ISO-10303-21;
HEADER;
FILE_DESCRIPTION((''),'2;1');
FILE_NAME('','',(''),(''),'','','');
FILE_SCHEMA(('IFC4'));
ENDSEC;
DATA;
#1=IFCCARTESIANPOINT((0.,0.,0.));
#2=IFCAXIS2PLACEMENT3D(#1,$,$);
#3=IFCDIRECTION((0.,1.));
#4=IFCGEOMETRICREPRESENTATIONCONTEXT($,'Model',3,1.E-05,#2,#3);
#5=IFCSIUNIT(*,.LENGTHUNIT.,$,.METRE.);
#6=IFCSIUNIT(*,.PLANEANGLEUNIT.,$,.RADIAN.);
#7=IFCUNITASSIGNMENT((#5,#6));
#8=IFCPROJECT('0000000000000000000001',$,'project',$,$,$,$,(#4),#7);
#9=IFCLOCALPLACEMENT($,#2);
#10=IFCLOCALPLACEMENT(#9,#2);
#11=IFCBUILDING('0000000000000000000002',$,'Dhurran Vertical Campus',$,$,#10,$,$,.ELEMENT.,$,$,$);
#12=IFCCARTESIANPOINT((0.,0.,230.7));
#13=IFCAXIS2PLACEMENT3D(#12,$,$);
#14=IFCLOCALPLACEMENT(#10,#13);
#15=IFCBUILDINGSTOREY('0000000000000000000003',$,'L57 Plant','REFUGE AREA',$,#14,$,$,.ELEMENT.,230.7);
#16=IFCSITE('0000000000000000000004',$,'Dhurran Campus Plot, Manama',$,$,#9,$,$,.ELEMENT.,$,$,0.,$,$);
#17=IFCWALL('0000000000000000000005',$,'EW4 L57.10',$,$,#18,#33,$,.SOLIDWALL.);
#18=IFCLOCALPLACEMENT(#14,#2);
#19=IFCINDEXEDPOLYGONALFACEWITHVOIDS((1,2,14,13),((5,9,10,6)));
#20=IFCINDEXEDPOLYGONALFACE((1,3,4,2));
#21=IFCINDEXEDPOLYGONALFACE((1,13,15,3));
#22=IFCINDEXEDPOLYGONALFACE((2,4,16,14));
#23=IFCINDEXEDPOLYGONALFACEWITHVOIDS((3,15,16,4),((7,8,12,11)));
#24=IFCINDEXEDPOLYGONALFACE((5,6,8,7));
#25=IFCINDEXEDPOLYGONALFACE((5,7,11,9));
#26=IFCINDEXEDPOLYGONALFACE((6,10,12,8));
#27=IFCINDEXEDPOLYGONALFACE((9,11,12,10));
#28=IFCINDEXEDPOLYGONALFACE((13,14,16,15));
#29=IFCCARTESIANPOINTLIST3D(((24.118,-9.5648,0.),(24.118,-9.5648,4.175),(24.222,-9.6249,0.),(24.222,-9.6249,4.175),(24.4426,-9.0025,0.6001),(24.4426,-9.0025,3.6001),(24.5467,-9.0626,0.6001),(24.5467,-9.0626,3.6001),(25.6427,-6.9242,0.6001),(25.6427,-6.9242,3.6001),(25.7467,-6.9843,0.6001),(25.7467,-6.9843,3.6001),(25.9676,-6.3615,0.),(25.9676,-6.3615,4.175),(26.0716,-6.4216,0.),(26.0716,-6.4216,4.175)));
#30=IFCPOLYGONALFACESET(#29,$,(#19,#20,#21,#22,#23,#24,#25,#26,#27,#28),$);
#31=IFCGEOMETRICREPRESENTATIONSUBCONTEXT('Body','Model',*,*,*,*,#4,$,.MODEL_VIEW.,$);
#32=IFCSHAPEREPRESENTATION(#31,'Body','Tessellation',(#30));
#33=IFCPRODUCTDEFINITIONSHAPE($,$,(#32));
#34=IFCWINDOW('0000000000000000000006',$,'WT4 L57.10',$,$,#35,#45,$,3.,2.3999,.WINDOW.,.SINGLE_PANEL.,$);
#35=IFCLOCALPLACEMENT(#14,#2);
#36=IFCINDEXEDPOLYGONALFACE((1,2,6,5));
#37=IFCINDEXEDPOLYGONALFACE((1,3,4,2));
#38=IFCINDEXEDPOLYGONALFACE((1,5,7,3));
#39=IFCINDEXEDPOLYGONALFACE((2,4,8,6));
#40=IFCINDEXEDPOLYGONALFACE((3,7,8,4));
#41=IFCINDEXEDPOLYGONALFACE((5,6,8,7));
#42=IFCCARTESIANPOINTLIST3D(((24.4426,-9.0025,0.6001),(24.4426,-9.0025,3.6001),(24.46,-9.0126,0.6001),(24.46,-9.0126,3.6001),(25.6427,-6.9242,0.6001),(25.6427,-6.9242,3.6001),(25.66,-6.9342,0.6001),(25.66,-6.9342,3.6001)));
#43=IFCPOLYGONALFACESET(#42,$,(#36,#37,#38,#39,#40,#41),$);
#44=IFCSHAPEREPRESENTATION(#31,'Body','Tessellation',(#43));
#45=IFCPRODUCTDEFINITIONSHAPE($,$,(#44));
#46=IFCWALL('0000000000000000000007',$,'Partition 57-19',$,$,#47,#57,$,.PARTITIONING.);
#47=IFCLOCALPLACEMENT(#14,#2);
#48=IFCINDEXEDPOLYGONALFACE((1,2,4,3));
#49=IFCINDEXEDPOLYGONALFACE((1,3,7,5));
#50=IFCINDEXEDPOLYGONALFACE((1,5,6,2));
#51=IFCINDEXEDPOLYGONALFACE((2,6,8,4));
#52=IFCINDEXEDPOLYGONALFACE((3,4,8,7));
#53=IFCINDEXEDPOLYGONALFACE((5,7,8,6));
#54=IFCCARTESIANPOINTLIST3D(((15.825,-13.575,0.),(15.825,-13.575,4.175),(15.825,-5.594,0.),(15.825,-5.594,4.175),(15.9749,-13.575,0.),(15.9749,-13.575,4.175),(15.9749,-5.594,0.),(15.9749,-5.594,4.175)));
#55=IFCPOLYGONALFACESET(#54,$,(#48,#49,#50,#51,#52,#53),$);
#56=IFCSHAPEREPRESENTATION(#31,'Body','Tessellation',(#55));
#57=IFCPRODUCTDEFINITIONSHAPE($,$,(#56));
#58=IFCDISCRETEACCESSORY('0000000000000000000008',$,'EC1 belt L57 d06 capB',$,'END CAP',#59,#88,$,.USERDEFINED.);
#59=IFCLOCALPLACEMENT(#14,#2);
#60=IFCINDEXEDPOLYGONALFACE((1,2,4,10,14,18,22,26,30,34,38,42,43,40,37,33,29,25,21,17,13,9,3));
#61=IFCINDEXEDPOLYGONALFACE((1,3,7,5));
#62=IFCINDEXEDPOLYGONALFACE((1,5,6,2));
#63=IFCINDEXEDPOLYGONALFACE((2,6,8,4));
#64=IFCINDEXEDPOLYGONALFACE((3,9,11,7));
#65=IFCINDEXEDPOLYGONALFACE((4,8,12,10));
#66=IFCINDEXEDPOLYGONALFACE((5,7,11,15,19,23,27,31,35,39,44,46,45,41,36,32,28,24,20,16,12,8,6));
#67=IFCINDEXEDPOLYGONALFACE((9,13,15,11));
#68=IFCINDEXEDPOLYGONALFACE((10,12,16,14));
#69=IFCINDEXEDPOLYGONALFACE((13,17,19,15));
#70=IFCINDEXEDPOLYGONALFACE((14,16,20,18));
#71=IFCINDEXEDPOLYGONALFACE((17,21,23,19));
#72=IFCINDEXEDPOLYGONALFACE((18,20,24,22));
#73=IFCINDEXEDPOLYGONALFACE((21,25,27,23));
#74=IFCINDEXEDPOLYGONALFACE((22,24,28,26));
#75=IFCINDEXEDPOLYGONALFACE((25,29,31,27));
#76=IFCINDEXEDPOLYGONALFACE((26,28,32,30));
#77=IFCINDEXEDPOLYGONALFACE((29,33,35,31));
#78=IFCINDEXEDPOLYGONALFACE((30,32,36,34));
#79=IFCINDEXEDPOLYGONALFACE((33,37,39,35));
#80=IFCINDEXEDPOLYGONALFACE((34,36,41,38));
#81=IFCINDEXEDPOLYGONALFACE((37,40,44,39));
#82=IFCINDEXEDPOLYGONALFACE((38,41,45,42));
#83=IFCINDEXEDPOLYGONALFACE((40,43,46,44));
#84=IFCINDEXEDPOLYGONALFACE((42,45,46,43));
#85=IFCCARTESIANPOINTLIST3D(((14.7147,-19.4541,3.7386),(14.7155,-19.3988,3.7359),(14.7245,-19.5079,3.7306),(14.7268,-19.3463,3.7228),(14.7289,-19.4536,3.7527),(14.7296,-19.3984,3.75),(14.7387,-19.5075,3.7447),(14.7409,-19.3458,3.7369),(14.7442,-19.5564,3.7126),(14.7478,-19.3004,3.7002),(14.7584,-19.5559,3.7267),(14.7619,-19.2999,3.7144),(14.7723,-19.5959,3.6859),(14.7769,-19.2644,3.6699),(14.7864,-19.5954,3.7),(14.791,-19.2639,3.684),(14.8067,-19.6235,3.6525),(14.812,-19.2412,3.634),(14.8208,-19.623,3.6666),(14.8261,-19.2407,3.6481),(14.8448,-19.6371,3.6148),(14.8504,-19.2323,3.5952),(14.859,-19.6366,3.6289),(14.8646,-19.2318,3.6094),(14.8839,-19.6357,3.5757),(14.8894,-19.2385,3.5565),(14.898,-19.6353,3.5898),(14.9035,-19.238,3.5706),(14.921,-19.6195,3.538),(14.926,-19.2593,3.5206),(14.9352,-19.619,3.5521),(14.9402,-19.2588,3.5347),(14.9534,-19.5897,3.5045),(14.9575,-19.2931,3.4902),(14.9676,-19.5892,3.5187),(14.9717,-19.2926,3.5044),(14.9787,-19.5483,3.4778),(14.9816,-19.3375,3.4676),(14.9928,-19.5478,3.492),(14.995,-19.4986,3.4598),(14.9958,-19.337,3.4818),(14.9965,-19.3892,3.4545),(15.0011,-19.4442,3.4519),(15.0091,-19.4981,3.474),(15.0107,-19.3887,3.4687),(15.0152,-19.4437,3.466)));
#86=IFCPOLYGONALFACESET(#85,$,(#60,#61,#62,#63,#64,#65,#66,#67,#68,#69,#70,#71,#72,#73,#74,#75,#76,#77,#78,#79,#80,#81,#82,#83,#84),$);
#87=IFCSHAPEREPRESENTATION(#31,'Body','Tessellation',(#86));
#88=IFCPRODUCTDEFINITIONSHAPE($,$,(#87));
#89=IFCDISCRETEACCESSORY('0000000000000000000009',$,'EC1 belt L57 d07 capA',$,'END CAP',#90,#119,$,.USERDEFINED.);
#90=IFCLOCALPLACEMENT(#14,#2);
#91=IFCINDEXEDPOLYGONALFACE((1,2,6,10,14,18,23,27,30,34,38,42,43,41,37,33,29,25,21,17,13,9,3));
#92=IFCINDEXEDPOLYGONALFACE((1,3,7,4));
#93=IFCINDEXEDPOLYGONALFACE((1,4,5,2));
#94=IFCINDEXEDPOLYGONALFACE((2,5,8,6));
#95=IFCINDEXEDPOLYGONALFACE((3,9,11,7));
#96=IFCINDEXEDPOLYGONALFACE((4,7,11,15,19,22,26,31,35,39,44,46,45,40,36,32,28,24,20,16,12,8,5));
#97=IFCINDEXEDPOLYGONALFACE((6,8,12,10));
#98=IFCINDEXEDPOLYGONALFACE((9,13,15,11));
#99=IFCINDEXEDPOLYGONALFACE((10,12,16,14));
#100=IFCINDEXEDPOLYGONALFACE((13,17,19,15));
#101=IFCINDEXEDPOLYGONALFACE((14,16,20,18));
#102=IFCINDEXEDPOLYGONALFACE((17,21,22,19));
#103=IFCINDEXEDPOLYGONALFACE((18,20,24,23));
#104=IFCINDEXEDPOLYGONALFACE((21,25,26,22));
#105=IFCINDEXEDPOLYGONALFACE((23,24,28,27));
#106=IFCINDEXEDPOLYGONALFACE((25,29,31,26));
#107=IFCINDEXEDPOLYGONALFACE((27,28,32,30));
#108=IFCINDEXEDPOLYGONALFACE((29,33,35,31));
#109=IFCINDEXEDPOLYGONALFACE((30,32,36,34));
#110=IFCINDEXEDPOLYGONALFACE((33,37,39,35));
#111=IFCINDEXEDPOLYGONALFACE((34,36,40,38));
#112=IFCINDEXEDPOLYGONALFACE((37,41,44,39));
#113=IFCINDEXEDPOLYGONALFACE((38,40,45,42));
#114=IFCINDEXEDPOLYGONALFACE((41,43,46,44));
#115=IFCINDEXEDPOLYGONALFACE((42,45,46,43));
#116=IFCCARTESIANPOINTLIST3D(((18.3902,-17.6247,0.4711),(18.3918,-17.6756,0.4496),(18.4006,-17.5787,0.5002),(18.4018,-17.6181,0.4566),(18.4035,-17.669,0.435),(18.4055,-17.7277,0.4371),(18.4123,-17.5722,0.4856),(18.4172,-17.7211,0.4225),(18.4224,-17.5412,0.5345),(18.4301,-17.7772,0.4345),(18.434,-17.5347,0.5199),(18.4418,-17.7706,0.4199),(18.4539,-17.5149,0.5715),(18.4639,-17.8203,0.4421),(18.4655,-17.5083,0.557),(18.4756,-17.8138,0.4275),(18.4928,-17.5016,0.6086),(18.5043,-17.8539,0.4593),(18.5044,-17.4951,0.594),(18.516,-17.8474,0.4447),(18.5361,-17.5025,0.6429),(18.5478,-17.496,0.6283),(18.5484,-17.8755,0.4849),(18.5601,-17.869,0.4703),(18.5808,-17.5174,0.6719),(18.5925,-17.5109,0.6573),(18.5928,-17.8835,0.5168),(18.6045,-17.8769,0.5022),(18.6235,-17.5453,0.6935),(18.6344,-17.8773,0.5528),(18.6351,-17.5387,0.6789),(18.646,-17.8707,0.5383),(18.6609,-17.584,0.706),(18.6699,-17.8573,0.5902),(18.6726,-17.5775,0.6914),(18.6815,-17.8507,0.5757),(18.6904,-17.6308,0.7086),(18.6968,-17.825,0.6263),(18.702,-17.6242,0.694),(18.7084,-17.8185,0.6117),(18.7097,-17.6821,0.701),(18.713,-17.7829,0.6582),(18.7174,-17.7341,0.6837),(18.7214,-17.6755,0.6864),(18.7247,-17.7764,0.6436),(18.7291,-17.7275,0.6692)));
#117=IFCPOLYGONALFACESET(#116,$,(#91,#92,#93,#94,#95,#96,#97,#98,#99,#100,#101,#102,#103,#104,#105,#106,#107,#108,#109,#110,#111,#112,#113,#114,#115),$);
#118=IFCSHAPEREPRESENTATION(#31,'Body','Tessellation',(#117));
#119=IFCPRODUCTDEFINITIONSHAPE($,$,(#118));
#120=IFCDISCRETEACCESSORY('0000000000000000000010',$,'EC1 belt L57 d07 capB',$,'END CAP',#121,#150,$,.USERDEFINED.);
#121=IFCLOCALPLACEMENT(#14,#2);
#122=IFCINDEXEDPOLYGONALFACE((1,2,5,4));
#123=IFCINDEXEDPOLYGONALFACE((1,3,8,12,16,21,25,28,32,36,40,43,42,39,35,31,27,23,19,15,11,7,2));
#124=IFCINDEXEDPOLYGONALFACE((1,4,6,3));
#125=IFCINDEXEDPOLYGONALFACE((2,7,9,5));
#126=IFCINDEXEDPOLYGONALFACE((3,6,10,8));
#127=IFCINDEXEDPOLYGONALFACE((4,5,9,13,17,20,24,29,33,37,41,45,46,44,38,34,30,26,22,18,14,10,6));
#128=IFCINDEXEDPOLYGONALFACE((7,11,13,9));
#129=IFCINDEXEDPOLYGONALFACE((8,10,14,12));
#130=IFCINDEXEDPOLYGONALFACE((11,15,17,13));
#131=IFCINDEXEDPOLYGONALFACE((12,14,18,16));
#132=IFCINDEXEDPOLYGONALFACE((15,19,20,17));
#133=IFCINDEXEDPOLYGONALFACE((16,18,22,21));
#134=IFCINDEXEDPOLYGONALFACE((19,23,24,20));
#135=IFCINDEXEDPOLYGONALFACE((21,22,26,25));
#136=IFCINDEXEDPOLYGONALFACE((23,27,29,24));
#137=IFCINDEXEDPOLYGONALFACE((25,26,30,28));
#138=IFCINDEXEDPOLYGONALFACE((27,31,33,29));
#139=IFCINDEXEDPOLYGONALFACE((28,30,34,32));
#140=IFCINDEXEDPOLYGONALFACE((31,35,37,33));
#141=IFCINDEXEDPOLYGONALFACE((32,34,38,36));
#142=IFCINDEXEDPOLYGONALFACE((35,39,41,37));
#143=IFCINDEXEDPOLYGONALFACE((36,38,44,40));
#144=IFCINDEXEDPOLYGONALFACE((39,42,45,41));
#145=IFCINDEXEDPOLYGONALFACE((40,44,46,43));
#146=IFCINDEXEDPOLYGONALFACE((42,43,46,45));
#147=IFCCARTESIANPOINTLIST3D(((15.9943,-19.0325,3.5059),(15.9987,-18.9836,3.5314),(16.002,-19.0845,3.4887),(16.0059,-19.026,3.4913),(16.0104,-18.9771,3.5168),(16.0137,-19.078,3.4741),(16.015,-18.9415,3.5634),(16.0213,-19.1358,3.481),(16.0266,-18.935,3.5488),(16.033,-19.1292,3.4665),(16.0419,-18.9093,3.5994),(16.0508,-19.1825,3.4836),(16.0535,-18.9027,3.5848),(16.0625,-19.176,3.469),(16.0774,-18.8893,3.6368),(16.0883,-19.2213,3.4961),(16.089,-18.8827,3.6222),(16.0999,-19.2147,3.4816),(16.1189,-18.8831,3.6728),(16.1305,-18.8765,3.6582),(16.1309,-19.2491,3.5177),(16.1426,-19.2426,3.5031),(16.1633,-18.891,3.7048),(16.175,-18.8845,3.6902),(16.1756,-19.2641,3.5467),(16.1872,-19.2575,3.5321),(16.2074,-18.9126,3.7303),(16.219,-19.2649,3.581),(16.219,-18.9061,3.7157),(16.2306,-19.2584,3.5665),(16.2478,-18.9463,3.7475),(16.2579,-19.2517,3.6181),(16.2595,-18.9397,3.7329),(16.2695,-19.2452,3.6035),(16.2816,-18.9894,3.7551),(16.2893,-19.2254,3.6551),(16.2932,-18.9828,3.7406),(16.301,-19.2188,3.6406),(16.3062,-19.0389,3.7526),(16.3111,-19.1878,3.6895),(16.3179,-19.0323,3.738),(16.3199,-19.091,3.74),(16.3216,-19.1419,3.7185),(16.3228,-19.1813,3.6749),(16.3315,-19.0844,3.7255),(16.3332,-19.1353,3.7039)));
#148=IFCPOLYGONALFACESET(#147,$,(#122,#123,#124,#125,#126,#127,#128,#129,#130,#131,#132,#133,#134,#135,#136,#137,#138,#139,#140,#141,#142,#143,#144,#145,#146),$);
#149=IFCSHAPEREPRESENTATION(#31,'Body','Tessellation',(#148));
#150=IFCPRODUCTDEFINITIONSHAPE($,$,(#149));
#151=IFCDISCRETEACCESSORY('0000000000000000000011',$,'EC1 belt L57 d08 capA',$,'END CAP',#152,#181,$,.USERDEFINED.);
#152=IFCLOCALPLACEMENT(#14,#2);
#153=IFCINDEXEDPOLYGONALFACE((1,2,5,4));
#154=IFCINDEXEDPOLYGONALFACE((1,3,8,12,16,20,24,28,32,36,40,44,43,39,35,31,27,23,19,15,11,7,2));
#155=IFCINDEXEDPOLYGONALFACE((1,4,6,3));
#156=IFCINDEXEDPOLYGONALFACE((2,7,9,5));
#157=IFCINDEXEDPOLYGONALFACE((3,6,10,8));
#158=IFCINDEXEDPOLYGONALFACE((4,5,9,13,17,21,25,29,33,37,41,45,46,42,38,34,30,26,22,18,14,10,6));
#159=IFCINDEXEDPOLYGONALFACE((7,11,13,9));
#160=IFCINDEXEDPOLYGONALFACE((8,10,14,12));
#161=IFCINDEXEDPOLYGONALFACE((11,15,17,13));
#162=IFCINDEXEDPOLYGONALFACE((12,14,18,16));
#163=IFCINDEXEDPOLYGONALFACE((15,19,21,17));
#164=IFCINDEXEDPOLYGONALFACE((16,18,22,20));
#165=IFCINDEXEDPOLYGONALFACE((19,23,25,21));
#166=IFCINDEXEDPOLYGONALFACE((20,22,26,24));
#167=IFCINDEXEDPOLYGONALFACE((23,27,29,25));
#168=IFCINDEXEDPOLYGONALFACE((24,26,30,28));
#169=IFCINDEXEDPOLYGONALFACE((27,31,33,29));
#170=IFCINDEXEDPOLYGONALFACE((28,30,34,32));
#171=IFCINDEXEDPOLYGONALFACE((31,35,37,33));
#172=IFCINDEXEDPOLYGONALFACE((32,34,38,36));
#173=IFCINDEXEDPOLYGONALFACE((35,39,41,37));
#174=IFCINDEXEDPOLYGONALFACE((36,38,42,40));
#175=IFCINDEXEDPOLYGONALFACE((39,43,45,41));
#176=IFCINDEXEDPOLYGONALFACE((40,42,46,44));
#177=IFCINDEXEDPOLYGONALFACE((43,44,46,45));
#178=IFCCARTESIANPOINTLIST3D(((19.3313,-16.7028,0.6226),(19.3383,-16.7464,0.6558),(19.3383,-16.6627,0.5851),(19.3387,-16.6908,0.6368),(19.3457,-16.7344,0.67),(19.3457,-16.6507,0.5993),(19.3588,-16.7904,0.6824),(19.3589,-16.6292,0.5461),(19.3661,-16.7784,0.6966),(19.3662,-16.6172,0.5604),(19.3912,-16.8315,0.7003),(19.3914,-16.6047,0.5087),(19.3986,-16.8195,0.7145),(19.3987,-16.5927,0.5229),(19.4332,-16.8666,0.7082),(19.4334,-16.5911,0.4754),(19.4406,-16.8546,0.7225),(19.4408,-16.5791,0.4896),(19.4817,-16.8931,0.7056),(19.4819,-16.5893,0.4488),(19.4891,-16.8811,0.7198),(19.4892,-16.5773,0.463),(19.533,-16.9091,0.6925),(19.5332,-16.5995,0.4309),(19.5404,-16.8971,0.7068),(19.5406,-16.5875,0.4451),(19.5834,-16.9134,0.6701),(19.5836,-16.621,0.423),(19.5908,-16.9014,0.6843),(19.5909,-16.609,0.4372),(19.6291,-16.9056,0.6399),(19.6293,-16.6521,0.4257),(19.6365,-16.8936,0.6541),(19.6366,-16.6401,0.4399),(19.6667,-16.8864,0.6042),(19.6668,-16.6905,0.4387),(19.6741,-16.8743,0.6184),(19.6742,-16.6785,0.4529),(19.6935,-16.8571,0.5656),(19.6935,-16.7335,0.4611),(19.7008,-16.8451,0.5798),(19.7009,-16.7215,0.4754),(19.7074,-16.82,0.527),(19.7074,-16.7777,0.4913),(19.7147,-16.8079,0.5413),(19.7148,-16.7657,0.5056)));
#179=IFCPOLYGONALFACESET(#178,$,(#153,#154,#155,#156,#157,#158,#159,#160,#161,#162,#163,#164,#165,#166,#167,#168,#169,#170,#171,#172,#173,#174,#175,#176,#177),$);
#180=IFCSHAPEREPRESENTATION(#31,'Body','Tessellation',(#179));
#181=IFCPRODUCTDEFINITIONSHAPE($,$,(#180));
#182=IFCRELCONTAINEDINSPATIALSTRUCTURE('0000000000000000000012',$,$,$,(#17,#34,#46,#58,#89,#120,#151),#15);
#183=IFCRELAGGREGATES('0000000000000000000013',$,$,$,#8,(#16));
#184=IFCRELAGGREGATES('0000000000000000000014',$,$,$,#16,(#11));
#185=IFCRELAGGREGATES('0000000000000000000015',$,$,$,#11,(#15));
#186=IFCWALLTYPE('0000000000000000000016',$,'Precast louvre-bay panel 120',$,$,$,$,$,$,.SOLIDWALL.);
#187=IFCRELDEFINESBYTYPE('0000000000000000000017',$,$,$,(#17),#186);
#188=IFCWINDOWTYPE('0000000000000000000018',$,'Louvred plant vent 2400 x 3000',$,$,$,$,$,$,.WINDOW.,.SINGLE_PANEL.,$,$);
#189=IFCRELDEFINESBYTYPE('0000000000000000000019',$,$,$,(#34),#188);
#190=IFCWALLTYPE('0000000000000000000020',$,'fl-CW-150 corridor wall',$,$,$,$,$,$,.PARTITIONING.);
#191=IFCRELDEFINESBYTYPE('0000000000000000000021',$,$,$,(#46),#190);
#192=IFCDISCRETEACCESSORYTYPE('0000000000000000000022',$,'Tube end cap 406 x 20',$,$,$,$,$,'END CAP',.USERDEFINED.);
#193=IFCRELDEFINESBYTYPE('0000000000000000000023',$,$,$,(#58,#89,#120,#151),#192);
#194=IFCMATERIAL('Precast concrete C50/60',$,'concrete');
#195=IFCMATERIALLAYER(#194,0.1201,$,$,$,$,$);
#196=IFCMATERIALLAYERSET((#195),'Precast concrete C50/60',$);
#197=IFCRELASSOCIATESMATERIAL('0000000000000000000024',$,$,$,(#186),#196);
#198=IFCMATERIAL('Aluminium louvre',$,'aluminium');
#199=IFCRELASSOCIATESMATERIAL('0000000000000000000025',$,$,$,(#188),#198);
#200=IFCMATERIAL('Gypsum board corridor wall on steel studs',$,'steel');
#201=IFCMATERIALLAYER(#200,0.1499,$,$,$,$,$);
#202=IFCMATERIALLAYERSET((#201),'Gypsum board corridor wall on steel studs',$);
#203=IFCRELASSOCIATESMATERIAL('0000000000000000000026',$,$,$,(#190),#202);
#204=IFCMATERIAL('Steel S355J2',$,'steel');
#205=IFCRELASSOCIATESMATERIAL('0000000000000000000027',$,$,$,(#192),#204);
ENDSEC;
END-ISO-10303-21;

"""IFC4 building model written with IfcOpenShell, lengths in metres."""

from ifc_helpers import new_model, si_unit, direction, frame, frame_2d, origin, origin_2d, place, context, subcontext, project, spatial, rectangle, circle, extrude, material, layer, layer_set, material_profile, profile_set, type_object, element, fill, save


model = new_model("IFC4")

# Units and contexts
model_context = context("Model", 3, precision=1e-05, world=origin(), true_north=direction((0.0, 1.0)))
body_context = subcontext(model_context, "Body", "Model", "MODEL_VIEW")
ifc_project = project(units=[si_unit("LENGTHUNIT", "METRE"), si_unit("PLANEANGLEUNIT", "RADIAN")], contexts=[model_context])

# Site, building, storey
site_placement = place(None, origin())
site = spatial("IfcSite", under=ifc_project, at=site_placement, Name="Dhurran Campus Plot, Manama", CompositionType="ELEMENT", RefElevation=0.0)
building_placement = place(site_placement, origin())
building = spatial("IfcBuilding", under=site, at=building_placement, Name="Dhurran Vertical Campus", CompositionType="ELEMENT")
storey_placement = place(building_placement, frame((0.0, 0.0, 230.7)))
storey = spatial("IfcBuildingStorey", under=building, at=storey_placement, Name="L57 Plant", Description="REFUGE AREA", CompositionType="ELEMENT", Elevation=230.7)

# Wall, opening, window
ifc_material_1 = material(Name="Precast concrete C50/60", Category="concrete")
ifc_layer_1 = layer(ifc_material_1, 0.1201)
ifc_layer_set_1 = layer_set([ifc_layer_1], Name="Precast concrete C50/60")
wall_type_1 = type_object("IfcWallType", Name="Precast louvre-bay panel 120", PredefinedType="SOLIDWALL", material=ifc_layer_set_1)
ifc_material_2 = material(Name="Aluminium louvre", Category="aluminium")
window_type = type_object("IfcWindowType", Name="Louvred plant vent 2400 x 3000", PartitioningType="SINGLE_PANEL", PredefinedType="WINDOW", material=ifc_material_2)
wall_1_placement = place(storey_placement, frame((24.1699, -9.595, 0.0), z_axis=(0.0, 0.0, 1.0), x_axis=(0.500029, 0.866009, 0.0)))
wall_1 = element("IfcWall", 1, at=wall_1_placement, inside=storey, type_object=wall_type_1, Name="EW4 L57.10", PredefinedType="SOLIDWALL", context=body_context, shape_type="SweptSolid", body=[
    extrude(rectangle(XDim=3.699, YDim=0.1201, at=frame_2d((1.8496, 0.0))), origin(), (0.0, 0.0, 1.0), 4.175),
])
opening_1_placement = place(wall_1_placement, frame((0.6494, 0.0, 0.6001)))
opening_1 = element("IfcOpeningElement", 2, at=opening_1_placement, cuts=wall_1, PredefinedType="OPENING", context=body_context, shape_type="SweptSolid", body=[
    extrude(rectangle(XDim=2.3999, YDim=3.0, at=frame_2d((1.2, 1.5))), frame((0.0, 0.0701, 0.0), z_axis=(0.0, -1.0, 0.0), x_axis=(1.0, 0.0, 0.0)), (0.0, 0.0, 1.0), 0.1401),
])
window_1_placement = place(opening_1_placement, origin())
window_1 = element("IfcWindow", 3, at=window_1_placement, inside=storey, type_object=window_type, Name="WT4 L57.10", OverallHeight=3.0, OverallWidth=2.3999, PartitioningType="SINGLE_PANEL", PredefinedType="WINDOW", context=body_context, shape_type="SweptSolid", body=[
    extrude(rectangle(XDim=2.3999, YDim=3.0, at=frame_2d((1.2, 1.5))), frame((0.0, 0.0601, 0.0), z_axis=(0.0, -1.0, 0.0), x_axis=(1.0, 0.0, 0.0)), (0.0, 0.0, 1.0), 0.02),
])
fill(opening_1, window_1)

# Wall
ifc_material_3 = material(Name="Gypsum board corridor wall on steel studs", Category="steel")
ifc_layer_2 = layer(ifc_material_3, 0.1499)
ifc_layer_set_2 = layer_set([ifc_layer_2], Name="Gypsum board corridor wall on steel studs")
wall_type_2 = type_object("IfcWallType", Name="fl-CW-150 corridor wall", PredefinedType="PARTITIONING", material=ifc_layer_set_2)
wall_2_placement = place(storey_placement, frame((15.8999, -13.575, 0.0), z_axis=(0.0, 0.0, 1.0), x_axis=(0.0, 1.0, 0.0)))
element("IfcWall", 4, at=wall_2_placement, inside=storey, type_object=wall_type_2, Name="Partition 57-19", PredefinedType="PARTITIONING", context=body_context, shape_type="SweptSolid", body=[
    extrude(rectangle(XDim=7.981, YDim=0.1499, at=frame_2d((3.9905, 0.0))), origin(), (0.0, 0.0, 1.0), 4.175),
])

# Discrete accessories
ifc_material_4 = material(Name="Steel S355J2", Category="steel")
ifc_material_profile_1 = material_profile(ifc_material_4, circle(Radius=0.2031, at=origin_2d()), Name="Tube end cap 406 x 20")
ifc_profile_set_1 = profile_set([ifc_material_profile_1], Name="Steel S355J2")
discrete_accessory_type = type_object("IfcDiscreteAccessoryType", Name="Tube end cap 406 x 20", ElementType="END CAP", PredefinedType="USERDEFINED", material=ifc_profile_set_1)
discrete_accessory_1_placement = place(storey_placement, frame((14.8574, -19.4353, 3.5952), z_axis=(0.706897, 0.024376, 0.706897), x_axis=(-0.034462, 0.999406, 0.0)))
element("IfcDiscreteAccessory", 5, at=discrete_accessory_1_placement, inside=storey, type_object=discrete_accessory_type, Name="EC1 belt L57 d06 capB", ObjectType="END CAP", PredefinedType="USERDEFINED", context=body_context, shape_type="SweptSolid", body=[
    extrude(circle(Radius=0.2031, at=origin_2d()), origin(), (0.0, 0.0, 1.0), 0.02),
])
for number, where, z_axis, x_axis, name in (
    (6, (18.5535, -17.6919, 0.5715), (0.589368, 0.331519, -0.736709), (-0.490261, 0.871576, 0.0), "EC1 belt L57 d07 capA"),
    (7, (16.1699, -19.0681, 3.6035), (-0.589368, -0.331519, 0.736709), (0.490261, -0.871576, 0.0), "EC1 belt L57 d07 capB"),
):
    element("IfcDiscreteAccessory", number, at=place(storey_placement, frame(where, z_axis=z_axis, x_axis=x_axis)), inside=storey, type_object=discrete_accessory_type, Name=name, ObjectType="END CAP", PredefinedType="USERDEFINED", context=body_context, shape_type="SweptSolid", body=[
        extrude(circle(Radius=0.2031, at=origin_2d()), origin(), (0.0, 0.0, 1.0), 0.0198),
    ])
for number, where, z_axis, x_axis, name in (
    (8, (19.5276, -16.739, 0.5798), (-0.367469, -0.6002, -0.710441), (0.852851, -0.522154, 0.0), "EC1 belt L57 d08 capA"),
):
    element("IfcDiscreteAccessory", number, at=place(storey_placement, frame(where, z_axis=z_axis, x_axis=x_axis)), inside=storey, type_object=discrete_accessory_type, Name=name, ObjectType="END CAP", PredefinedType="USERDEFINED", context=body_context, shape_type="SweptSolid", body=[
        extrude(circle(Radius=0.2031, at=origin_2d()), origin(), (0.0, 0.0, 1.0), 0.02),
    ])

save(model, "model.ifc")
